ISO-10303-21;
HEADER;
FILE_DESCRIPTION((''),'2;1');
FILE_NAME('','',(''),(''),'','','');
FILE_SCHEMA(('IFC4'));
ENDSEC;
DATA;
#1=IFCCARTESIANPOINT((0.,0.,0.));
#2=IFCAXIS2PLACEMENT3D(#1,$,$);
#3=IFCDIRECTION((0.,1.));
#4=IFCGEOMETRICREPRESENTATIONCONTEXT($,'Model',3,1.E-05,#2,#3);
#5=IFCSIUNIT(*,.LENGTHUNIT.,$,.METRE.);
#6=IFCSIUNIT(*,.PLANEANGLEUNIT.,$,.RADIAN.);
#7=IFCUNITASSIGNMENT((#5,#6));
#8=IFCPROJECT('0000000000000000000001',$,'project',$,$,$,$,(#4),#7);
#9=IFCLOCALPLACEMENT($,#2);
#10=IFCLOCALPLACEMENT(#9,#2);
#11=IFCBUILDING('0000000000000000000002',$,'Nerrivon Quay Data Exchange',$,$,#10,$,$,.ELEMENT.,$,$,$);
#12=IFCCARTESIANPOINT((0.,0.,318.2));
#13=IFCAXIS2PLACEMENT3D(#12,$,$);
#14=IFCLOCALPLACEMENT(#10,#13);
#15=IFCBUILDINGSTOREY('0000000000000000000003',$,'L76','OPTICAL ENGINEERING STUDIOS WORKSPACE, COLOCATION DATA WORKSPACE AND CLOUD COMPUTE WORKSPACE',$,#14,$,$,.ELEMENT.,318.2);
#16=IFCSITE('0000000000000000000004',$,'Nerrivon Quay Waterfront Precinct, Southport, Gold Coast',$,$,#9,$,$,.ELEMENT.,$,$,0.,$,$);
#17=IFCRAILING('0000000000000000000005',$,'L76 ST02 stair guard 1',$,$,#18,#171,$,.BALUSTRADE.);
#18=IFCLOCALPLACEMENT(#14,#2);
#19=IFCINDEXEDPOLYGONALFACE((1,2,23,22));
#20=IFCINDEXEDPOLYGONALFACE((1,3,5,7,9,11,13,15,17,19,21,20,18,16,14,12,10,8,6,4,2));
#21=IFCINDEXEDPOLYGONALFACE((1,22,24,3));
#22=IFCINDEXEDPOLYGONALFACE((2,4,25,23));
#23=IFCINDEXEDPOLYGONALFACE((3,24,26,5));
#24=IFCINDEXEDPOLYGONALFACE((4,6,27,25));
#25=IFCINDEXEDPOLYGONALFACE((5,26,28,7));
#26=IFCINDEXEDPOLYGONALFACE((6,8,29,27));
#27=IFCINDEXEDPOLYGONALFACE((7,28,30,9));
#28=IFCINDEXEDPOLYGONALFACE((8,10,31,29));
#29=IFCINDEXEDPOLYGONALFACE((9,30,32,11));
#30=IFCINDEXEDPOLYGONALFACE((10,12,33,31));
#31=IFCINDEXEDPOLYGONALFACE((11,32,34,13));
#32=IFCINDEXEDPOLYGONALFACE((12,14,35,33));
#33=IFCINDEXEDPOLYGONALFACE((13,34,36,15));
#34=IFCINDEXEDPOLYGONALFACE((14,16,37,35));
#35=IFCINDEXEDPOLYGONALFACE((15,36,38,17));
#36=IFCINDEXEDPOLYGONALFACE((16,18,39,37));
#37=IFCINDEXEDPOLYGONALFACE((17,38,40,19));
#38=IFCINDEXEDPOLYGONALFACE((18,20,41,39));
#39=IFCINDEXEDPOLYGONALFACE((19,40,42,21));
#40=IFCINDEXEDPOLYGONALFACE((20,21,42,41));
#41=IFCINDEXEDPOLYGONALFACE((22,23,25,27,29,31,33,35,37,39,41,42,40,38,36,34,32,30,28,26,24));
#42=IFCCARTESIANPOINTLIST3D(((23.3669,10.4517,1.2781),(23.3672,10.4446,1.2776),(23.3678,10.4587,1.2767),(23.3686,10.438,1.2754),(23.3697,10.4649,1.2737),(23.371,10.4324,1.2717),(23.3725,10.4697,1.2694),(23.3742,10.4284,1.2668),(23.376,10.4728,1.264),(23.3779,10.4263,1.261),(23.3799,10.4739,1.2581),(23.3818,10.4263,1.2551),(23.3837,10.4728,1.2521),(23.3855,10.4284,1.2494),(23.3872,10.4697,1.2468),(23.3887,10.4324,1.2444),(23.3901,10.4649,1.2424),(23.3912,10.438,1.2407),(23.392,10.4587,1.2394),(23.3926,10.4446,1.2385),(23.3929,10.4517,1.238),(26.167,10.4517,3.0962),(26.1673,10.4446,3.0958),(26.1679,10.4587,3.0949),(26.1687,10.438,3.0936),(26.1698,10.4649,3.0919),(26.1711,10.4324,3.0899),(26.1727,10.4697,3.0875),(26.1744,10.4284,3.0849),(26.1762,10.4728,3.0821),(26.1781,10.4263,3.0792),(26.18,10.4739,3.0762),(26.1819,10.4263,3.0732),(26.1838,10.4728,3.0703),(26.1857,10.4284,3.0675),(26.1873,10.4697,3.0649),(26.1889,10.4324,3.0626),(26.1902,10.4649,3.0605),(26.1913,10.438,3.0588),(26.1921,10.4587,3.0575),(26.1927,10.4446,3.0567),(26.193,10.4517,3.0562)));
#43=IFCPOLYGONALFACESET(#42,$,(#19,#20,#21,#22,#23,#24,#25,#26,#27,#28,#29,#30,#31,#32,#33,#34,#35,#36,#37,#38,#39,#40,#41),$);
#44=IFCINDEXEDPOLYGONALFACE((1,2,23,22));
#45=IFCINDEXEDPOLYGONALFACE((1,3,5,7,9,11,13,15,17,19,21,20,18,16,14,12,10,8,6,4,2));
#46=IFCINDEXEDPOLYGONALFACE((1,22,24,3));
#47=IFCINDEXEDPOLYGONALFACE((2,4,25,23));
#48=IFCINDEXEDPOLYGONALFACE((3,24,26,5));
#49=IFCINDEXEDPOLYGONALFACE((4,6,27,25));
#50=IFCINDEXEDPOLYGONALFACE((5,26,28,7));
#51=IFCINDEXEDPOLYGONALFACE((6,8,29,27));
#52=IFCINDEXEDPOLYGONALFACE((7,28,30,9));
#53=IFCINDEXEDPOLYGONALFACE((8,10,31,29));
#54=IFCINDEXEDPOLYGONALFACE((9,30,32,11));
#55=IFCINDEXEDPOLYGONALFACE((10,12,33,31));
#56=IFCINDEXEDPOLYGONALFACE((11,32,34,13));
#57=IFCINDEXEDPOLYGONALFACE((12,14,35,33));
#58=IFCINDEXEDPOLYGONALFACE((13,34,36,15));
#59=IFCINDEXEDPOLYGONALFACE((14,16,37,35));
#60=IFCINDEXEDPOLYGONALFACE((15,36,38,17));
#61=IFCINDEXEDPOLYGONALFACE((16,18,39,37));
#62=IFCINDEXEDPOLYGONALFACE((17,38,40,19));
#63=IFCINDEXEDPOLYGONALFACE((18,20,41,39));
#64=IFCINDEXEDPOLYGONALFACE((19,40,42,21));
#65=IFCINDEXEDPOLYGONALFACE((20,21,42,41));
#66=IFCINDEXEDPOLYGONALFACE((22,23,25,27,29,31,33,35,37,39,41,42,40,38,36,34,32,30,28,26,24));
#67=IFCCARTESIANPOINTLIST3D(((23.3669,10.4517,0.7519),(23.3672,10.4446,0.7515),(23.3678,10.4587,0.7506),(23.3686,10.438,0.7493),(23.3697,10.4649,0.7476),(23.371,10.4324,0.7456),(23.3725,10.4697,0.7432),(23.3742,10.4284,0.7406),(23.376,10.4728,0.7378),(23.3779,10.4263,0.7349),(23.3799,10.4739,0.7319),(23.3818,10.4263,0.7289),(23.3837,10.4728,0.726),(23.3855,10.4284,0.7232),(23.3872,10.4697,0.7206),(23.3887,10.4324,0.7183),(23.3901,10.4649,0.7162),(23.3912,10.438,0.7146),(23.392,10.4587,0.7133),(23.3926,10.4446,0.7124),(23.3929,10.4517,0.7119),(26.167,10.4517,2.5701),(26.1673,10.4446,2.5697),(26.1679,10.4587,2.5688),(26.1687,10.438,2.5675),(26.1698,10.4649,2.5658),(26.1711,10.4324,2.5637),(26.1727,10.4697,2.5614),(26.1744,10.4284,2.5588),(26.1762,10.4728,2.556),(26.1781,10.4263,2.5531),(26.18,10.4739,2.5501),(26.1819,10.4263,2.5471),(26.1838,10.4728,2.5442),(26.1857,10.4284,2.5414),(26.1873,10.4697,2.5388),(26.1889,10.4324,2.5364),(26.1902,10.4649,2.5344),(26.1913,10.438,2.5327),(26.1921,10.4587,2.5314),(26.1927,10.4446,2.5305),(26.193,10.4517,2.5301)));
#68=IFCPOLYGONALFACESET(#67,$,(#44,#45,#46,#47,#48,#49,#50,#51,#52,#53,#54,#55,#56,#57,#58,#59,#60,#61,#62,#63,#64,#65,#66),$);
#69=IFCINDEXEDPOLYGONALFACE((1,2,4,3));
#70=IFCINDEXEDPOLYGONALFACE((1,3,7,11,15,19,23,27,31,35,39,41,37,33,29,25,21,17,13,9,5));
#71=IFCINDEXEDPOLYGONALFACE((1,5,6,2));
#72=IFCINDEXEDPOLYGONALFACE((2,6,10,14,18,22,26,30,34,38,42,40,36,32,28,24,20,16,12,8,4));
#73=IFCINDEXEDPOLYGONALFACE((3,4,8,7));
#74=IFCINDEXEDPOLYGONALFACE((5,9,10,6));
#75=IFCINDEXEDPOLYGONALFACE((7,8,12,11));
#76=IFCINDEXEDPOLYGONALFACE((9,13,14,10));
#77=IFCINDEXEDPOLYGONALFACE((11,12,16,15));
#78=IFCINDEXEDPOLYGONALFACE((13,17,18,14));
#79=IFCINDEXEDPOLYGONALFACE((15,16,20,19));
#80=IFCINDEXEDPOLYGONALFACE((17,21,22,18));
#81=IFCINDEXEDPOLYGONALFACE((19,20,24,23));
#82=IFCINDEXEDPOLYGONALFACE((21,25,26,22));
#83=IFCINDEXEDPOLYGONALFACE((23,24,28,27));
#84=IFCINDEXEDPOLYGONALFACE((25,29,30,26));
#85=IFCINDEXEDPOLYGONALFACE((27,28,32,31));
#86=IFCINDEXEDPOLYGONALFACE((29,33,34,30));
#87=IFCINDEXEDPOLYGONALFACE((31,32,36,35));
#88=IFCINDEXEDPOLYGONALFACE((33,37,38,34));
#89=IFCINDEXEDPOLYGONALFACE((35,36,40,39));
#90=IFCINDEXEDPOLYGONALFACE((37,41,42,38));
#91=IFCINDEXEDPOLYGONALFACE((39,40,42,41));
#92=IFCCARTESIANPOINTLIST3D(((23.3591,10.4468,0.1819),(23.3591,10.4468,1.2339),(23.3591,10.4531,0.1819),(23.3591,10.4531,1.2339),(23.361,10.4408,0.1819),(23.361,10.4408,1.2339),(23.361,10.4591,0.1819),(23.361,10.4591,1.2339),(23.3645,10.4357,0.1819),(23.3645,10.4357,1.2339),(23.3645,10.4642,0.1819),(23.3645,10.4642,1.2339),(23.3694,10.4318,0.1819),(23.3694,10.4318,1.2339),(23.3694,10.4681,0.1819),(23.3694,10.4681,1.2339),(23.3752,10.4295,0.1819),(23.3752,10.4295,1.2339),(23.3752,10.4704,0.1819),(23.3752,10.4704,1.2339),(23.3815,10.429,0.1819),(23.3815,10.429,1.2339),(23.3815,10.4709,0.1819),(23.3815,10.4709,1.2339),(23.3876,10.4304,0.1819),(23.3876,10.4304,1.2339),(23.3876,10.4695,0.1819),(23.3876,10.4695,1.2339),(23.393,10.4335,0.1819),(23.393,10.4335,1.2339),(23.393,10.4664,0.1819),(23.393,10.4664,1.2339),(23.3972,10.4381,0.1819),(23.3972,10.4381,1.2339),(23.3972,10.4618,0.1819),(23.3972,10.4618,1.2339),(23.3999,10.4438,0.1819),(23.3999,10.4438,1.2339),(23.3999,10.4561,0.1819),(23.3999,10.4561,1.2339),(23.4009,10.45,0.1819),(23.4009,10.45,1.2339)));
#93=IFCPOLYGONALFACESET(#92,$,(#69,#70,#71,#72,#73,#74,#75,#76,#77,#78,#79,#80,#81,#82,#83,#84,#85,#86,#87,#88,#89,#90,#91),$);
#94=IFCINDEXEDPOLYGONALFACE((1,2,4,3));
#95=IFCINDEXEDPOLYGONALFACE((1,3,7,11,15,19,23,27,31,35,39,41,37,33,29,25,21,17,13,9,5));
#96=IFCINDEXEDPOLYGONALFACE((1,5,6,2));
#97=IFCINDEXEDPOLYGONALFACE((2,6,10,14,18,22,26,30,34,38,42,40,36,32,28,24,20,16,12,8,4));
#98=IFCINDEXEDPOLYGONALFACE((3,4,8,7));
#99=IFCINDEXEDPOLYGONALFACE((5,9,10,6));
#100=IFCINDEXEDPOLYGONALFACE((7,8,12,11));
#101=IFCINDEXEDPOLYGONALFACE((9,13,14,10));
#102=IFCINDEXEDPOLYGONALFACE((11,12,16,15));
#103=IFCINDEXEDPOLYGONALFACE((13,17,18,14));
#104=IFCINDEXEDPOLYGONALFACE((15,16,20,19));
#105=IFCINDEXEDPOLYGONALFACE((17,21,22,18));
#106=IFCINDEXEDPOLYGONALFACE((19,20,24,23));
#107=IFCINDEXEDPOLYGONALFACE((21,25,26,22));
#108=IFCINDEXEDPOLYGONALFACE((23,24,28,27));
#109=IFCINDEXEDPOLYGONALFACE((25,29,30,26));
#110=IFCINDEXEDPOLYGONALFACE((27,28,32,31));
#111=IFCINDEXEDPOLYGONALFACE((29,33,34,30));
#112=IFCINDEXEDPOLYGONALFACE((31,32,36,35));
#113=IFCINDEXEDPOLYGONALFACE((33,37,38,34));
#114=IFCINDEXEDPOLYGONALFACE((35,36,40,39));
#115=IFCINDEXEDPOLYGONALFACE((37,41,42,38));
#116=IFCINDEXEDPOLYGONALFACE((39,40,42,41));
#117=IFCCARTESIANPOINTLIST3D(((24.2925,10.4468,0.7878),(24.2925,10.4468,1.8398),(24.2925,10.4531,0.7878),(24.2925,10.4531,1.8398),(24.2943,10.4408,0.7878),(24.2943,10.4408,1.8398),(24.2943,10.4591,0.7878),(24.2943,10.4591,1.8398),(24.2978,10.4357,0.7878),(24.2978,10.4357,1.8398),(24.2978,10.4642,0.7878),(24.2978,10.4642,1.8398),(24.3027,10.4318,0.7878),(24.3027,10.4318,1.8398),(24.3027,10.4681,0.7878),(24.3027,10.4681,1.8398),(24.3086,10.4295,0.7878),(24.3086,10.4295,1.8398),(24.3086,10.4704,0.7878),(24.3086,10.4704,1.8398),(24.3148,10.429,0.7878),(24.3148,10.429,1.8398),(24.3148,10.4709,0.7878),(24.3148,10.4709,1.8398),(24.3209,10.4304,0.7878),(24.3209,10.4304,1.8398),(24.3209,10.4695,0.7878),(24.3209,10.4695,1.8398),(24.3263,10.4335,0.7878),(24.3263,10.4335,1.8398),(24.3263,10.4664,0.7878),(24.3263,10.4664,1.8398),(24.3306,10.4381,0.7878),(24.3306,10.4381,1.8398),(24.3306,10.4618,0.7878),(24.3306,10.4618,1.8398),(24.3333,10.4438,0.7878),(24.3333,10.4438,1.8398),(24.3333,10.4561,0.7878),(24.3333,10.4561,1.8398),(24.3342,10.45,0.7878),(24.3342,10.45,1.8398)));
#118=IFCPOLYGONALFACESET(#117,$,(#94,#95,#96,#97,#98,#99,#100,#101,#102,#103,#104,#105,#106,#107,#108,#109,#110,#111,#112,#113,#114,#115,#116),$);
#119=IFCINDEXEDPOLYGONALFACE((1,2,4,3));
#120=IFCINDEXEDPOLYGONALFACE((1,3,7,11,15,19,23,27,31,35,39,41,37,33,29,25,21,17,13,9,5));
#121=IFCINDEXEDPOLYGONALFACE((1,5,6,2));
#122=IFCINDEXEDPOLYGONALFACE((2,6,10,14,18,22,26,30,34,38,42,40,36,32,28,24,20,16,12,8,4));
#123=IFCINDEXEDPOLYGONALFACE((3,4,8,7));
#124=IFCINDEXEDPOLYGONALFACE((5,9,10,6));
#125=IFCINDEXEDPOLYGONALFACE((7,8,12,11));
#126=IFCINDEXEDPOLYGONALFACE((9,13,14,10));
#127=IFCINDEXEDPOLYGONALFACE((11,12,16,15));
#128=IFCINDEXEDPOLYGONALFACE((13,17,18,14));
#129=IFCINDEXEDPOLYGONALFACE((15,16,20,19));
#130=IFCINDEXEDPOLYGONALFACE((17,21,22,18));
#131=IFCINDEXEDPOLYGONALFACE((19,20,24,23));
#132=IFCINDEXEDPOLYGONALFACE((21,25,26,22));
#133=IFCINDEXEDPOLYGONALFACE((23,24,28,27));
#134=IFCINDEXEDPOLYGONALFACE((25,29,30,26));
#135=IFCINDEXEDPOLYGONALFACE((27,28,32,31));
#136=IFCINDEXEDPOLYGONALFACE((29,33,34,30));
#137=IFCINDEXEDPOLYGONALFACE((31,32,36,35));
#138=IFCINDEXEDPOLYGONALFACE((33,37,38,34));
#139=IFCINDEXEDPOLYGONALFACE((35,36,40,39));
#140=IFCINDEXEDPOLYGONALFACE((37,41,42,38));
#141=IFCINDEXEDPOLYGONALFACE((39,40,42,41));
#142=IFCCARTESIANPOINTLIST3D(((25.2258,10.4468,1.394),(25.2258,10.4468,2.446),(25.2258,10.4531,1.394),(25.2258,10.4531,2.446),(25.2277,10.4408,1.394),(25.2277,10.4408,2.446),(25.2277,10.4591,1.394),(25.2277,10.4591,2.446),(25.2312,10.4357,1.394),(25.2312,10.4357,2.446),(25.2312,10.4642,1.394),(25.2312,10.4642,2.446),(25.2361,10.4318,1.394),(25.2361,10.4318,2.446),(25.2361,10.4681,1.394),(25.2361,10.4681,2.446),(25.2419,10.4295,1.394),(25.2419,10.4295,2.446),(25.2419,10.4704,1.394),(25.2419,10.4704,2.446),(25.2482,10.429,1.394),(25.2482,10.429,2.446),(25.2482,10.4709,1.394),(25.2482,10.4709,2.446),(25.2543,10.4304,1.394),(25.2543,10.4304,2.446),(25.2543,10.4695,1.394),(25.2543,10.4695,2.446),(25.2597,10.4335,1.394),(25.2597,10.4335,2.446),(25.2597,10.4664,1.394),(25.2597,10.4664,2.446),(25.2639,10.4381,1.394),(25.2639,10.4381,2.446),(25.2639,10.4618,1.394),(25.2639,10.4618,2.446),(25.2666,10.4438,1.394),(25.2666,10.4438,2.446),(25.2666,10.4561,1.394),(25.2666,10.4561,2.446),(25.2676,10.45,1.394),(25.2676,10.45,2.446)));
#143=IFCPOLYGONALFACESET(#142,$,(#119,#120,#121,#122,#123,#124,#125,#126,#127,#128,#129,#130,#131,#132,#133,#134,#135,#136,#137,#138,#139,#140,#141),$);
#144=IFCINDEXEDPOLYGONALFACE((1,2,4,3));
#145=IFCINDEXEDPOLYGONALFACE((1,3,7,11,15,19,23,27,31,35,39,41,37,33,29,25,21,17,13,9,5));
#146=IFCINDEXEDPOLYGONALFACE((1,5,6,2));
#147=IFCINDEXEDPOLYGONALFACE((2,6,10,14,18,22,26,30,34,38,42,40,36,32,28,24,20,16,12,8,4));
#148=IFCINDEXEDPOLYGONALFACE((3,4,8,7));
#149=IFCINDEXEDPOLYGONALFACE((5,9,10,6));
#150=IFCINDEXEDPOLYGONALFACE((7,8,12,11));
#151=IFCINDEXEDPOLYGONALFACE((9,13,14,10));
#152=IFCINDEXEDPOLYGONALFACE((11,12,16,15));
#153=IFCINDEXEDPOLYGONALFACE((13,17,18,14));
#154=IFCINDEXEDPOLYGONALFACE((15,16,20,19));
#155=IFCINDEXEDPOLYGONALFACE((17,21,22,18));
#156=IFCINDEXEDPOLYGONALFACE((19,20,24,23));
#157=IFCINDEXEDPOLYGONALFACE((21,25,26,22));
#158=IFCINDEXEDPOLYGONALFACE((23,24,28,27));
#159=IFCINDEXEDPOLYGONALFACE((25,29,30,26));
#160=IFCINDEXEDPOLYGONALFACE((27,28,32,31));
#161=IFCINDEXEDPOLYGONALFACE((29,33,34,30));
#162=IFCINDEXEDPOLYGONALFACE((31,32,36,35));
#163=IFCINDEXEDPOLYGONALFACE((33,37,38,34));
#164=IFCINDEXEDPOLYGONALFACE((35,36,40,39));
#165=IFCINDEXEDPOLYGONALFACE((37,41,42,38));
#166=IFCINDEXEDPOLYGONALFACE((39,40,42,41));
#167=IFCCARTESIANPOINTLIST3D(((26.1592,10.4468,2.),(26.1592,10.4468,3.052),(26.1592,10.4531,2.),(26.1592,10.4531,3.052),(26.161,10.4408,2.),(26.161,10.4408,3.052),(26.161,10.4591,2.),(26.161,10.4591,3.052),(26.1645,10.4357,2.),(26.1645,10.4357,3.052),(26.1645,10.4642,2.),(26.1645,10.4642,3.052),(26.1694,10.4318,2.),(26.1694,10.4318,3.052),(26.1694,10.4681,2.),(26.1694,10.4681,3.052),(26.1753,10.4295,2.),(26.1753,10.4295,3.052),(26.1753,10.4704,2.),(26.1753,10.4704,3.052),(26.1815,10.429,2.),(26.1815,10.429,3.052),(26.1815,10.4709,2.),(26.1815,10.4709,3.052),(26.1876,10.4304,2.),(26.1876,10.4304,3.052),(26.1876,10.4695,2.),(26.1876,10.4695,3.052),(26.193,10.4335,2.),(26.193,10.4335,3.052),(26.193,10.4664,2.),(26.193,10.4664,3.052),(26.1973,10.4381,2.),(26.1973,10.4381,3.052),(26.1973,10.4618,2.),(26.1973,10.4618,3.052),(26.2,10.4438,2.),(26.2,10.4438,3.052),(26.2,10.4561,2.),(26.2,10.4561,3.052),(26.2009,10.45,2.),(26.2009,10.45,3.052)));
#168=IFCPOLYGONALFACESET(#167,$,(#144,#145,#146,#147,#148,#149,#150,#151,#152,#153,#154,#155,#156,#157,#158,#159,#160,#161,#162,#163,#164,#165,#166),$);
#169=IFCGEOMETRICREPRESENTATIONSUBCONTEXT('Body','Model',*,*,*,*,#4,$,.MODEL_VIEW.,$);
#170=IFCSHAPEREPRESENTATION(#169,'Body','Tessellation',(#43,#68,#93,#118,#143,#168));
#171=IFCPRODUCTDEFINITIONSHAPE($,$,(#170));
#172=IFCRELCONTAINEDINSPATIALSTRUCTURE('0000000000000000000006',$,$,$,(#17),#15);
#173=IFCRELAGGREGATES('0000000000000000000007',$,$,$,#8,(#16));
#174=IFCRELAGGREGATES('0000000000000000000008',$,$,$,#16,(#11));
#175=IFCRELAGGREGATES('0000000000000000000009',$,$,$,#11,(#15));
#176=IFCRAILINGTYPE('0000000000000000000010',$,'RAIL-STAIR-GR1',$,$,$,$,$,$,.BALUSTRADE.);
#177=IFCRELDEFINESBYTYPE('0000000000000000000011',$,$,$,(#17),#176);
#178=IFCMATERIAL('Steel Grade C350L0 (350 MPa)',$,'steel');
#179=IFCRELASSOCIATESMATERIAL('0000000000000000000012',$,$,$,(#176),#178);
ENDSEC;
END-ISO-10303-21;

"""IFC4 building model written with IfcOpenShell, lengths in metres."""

from ifc_helpers import new_model, si_unit, direction, frame, origin, origin_2d, place, context, subcontext, project, spatial, circle, extrude, material, type_object, element, save


model = new_model("IFC4")

# Units and contexts
model_context = context("Model", 3, precision=1e-05, world=origin(), true_north=direction((0.0, 1.0)))
body_context = subcontext(model_context, "Body", "Model", "MODEL_VIEW")
ifc_project = project(units=[si_unit("LENGTHUNIT", "METRE"), si_unit("PLANEANGLEUNIT", "RADIAN")], contexts=[model_context])

# Site, building, storey
site_placement = place(None, origin())
site = spatial("IfcSite", under=ifc_project, at=site_placement, Name="Nerrivon Quay Waterfront Precinct, Southport, Gold Coast", CompositionType="ELEMENT", RefElevation=0.0)
building_placement = place(site_placement, origin())
building = spatial("IfcBuilding", under=site, at=building_placement, Name="Nerrivon Quay Data Exchange", CompositionType="ELEMENT")
storey_placement = place(building_placement, frame((0.0, 0.0, 318.2)))
storey = spatial("IfcBuildingStorey", under=building, at=storey_placement, Name="L76", Description="OPTICAL ENGINEERING STUDIOS WORKSPACE, COLOCATION DATA WORKSPACE AND CLOUD COMPUTE WORKSPACE", CompositionType="ELEMENT", Elevation=318.2)

# Railing
ifc_material_1 = material(Name="Steel Grade C350L0 (350 MPa)", Category="steel")
railing_type_1 = type_object("IfcRailingType", Name="RAIL-STAIR-GR1", PredefinedType="BALUSTRADE", material=ifc_material_1)
railing_1_placement = place(storey_placement, frame((23.3799, 10.45, 0.1819)))
element("IfcRailing", 1, at=railing_1_placement, inside=storey, type_object=railing_type_1, Name="L76 ST02 stair guard 1", PredefinedType="BALUSTRADE", context=body_context, shape_type="SweptSolid", body=[
    extrude(circle(Radius=0.0239, at=origin_2d()), frame((0.0, 0.0, 1.0762), z_axis=(0.838706, 0.0, 0.544585), x_axis=(0.0, 1.0, 0.0)), (0.0, 0.0, 1.0), 3.3386),
    extrude(circle(Radius=0.0239, at=origin_2d()), frame((0.0, 0.0, 0.55), z_axis=(0.838706, 0.0, 0.544585), x_axis=(0.0, 1.0, 0.0)), (0.0, 0.0, 1.0), 3.3386),
    extrude(circle(Radius=0.021, at=origin_2d()), origin(), (0.0, 0.0, 1.0), 1.052),
    extrude(circle(Radius=0.021, at=origin_2d()), frame((0.9333, 0.0, 0.606)), (0.0, 0.0, 1.0), 1.052),
    extrude(circle(Radius=0.021, at=origin_2d()), frame((1.8667, 0.0, 1.2122)), (0.0, 0.0, 1.0), 1.052),
    extrude(circle(Radius=0.021, at=origin_2d()), frame((2.8, 0.0, 1.8181)), (0.0, 0.0, 1.0), 1.052),
])

save(model, "model.ifc")
